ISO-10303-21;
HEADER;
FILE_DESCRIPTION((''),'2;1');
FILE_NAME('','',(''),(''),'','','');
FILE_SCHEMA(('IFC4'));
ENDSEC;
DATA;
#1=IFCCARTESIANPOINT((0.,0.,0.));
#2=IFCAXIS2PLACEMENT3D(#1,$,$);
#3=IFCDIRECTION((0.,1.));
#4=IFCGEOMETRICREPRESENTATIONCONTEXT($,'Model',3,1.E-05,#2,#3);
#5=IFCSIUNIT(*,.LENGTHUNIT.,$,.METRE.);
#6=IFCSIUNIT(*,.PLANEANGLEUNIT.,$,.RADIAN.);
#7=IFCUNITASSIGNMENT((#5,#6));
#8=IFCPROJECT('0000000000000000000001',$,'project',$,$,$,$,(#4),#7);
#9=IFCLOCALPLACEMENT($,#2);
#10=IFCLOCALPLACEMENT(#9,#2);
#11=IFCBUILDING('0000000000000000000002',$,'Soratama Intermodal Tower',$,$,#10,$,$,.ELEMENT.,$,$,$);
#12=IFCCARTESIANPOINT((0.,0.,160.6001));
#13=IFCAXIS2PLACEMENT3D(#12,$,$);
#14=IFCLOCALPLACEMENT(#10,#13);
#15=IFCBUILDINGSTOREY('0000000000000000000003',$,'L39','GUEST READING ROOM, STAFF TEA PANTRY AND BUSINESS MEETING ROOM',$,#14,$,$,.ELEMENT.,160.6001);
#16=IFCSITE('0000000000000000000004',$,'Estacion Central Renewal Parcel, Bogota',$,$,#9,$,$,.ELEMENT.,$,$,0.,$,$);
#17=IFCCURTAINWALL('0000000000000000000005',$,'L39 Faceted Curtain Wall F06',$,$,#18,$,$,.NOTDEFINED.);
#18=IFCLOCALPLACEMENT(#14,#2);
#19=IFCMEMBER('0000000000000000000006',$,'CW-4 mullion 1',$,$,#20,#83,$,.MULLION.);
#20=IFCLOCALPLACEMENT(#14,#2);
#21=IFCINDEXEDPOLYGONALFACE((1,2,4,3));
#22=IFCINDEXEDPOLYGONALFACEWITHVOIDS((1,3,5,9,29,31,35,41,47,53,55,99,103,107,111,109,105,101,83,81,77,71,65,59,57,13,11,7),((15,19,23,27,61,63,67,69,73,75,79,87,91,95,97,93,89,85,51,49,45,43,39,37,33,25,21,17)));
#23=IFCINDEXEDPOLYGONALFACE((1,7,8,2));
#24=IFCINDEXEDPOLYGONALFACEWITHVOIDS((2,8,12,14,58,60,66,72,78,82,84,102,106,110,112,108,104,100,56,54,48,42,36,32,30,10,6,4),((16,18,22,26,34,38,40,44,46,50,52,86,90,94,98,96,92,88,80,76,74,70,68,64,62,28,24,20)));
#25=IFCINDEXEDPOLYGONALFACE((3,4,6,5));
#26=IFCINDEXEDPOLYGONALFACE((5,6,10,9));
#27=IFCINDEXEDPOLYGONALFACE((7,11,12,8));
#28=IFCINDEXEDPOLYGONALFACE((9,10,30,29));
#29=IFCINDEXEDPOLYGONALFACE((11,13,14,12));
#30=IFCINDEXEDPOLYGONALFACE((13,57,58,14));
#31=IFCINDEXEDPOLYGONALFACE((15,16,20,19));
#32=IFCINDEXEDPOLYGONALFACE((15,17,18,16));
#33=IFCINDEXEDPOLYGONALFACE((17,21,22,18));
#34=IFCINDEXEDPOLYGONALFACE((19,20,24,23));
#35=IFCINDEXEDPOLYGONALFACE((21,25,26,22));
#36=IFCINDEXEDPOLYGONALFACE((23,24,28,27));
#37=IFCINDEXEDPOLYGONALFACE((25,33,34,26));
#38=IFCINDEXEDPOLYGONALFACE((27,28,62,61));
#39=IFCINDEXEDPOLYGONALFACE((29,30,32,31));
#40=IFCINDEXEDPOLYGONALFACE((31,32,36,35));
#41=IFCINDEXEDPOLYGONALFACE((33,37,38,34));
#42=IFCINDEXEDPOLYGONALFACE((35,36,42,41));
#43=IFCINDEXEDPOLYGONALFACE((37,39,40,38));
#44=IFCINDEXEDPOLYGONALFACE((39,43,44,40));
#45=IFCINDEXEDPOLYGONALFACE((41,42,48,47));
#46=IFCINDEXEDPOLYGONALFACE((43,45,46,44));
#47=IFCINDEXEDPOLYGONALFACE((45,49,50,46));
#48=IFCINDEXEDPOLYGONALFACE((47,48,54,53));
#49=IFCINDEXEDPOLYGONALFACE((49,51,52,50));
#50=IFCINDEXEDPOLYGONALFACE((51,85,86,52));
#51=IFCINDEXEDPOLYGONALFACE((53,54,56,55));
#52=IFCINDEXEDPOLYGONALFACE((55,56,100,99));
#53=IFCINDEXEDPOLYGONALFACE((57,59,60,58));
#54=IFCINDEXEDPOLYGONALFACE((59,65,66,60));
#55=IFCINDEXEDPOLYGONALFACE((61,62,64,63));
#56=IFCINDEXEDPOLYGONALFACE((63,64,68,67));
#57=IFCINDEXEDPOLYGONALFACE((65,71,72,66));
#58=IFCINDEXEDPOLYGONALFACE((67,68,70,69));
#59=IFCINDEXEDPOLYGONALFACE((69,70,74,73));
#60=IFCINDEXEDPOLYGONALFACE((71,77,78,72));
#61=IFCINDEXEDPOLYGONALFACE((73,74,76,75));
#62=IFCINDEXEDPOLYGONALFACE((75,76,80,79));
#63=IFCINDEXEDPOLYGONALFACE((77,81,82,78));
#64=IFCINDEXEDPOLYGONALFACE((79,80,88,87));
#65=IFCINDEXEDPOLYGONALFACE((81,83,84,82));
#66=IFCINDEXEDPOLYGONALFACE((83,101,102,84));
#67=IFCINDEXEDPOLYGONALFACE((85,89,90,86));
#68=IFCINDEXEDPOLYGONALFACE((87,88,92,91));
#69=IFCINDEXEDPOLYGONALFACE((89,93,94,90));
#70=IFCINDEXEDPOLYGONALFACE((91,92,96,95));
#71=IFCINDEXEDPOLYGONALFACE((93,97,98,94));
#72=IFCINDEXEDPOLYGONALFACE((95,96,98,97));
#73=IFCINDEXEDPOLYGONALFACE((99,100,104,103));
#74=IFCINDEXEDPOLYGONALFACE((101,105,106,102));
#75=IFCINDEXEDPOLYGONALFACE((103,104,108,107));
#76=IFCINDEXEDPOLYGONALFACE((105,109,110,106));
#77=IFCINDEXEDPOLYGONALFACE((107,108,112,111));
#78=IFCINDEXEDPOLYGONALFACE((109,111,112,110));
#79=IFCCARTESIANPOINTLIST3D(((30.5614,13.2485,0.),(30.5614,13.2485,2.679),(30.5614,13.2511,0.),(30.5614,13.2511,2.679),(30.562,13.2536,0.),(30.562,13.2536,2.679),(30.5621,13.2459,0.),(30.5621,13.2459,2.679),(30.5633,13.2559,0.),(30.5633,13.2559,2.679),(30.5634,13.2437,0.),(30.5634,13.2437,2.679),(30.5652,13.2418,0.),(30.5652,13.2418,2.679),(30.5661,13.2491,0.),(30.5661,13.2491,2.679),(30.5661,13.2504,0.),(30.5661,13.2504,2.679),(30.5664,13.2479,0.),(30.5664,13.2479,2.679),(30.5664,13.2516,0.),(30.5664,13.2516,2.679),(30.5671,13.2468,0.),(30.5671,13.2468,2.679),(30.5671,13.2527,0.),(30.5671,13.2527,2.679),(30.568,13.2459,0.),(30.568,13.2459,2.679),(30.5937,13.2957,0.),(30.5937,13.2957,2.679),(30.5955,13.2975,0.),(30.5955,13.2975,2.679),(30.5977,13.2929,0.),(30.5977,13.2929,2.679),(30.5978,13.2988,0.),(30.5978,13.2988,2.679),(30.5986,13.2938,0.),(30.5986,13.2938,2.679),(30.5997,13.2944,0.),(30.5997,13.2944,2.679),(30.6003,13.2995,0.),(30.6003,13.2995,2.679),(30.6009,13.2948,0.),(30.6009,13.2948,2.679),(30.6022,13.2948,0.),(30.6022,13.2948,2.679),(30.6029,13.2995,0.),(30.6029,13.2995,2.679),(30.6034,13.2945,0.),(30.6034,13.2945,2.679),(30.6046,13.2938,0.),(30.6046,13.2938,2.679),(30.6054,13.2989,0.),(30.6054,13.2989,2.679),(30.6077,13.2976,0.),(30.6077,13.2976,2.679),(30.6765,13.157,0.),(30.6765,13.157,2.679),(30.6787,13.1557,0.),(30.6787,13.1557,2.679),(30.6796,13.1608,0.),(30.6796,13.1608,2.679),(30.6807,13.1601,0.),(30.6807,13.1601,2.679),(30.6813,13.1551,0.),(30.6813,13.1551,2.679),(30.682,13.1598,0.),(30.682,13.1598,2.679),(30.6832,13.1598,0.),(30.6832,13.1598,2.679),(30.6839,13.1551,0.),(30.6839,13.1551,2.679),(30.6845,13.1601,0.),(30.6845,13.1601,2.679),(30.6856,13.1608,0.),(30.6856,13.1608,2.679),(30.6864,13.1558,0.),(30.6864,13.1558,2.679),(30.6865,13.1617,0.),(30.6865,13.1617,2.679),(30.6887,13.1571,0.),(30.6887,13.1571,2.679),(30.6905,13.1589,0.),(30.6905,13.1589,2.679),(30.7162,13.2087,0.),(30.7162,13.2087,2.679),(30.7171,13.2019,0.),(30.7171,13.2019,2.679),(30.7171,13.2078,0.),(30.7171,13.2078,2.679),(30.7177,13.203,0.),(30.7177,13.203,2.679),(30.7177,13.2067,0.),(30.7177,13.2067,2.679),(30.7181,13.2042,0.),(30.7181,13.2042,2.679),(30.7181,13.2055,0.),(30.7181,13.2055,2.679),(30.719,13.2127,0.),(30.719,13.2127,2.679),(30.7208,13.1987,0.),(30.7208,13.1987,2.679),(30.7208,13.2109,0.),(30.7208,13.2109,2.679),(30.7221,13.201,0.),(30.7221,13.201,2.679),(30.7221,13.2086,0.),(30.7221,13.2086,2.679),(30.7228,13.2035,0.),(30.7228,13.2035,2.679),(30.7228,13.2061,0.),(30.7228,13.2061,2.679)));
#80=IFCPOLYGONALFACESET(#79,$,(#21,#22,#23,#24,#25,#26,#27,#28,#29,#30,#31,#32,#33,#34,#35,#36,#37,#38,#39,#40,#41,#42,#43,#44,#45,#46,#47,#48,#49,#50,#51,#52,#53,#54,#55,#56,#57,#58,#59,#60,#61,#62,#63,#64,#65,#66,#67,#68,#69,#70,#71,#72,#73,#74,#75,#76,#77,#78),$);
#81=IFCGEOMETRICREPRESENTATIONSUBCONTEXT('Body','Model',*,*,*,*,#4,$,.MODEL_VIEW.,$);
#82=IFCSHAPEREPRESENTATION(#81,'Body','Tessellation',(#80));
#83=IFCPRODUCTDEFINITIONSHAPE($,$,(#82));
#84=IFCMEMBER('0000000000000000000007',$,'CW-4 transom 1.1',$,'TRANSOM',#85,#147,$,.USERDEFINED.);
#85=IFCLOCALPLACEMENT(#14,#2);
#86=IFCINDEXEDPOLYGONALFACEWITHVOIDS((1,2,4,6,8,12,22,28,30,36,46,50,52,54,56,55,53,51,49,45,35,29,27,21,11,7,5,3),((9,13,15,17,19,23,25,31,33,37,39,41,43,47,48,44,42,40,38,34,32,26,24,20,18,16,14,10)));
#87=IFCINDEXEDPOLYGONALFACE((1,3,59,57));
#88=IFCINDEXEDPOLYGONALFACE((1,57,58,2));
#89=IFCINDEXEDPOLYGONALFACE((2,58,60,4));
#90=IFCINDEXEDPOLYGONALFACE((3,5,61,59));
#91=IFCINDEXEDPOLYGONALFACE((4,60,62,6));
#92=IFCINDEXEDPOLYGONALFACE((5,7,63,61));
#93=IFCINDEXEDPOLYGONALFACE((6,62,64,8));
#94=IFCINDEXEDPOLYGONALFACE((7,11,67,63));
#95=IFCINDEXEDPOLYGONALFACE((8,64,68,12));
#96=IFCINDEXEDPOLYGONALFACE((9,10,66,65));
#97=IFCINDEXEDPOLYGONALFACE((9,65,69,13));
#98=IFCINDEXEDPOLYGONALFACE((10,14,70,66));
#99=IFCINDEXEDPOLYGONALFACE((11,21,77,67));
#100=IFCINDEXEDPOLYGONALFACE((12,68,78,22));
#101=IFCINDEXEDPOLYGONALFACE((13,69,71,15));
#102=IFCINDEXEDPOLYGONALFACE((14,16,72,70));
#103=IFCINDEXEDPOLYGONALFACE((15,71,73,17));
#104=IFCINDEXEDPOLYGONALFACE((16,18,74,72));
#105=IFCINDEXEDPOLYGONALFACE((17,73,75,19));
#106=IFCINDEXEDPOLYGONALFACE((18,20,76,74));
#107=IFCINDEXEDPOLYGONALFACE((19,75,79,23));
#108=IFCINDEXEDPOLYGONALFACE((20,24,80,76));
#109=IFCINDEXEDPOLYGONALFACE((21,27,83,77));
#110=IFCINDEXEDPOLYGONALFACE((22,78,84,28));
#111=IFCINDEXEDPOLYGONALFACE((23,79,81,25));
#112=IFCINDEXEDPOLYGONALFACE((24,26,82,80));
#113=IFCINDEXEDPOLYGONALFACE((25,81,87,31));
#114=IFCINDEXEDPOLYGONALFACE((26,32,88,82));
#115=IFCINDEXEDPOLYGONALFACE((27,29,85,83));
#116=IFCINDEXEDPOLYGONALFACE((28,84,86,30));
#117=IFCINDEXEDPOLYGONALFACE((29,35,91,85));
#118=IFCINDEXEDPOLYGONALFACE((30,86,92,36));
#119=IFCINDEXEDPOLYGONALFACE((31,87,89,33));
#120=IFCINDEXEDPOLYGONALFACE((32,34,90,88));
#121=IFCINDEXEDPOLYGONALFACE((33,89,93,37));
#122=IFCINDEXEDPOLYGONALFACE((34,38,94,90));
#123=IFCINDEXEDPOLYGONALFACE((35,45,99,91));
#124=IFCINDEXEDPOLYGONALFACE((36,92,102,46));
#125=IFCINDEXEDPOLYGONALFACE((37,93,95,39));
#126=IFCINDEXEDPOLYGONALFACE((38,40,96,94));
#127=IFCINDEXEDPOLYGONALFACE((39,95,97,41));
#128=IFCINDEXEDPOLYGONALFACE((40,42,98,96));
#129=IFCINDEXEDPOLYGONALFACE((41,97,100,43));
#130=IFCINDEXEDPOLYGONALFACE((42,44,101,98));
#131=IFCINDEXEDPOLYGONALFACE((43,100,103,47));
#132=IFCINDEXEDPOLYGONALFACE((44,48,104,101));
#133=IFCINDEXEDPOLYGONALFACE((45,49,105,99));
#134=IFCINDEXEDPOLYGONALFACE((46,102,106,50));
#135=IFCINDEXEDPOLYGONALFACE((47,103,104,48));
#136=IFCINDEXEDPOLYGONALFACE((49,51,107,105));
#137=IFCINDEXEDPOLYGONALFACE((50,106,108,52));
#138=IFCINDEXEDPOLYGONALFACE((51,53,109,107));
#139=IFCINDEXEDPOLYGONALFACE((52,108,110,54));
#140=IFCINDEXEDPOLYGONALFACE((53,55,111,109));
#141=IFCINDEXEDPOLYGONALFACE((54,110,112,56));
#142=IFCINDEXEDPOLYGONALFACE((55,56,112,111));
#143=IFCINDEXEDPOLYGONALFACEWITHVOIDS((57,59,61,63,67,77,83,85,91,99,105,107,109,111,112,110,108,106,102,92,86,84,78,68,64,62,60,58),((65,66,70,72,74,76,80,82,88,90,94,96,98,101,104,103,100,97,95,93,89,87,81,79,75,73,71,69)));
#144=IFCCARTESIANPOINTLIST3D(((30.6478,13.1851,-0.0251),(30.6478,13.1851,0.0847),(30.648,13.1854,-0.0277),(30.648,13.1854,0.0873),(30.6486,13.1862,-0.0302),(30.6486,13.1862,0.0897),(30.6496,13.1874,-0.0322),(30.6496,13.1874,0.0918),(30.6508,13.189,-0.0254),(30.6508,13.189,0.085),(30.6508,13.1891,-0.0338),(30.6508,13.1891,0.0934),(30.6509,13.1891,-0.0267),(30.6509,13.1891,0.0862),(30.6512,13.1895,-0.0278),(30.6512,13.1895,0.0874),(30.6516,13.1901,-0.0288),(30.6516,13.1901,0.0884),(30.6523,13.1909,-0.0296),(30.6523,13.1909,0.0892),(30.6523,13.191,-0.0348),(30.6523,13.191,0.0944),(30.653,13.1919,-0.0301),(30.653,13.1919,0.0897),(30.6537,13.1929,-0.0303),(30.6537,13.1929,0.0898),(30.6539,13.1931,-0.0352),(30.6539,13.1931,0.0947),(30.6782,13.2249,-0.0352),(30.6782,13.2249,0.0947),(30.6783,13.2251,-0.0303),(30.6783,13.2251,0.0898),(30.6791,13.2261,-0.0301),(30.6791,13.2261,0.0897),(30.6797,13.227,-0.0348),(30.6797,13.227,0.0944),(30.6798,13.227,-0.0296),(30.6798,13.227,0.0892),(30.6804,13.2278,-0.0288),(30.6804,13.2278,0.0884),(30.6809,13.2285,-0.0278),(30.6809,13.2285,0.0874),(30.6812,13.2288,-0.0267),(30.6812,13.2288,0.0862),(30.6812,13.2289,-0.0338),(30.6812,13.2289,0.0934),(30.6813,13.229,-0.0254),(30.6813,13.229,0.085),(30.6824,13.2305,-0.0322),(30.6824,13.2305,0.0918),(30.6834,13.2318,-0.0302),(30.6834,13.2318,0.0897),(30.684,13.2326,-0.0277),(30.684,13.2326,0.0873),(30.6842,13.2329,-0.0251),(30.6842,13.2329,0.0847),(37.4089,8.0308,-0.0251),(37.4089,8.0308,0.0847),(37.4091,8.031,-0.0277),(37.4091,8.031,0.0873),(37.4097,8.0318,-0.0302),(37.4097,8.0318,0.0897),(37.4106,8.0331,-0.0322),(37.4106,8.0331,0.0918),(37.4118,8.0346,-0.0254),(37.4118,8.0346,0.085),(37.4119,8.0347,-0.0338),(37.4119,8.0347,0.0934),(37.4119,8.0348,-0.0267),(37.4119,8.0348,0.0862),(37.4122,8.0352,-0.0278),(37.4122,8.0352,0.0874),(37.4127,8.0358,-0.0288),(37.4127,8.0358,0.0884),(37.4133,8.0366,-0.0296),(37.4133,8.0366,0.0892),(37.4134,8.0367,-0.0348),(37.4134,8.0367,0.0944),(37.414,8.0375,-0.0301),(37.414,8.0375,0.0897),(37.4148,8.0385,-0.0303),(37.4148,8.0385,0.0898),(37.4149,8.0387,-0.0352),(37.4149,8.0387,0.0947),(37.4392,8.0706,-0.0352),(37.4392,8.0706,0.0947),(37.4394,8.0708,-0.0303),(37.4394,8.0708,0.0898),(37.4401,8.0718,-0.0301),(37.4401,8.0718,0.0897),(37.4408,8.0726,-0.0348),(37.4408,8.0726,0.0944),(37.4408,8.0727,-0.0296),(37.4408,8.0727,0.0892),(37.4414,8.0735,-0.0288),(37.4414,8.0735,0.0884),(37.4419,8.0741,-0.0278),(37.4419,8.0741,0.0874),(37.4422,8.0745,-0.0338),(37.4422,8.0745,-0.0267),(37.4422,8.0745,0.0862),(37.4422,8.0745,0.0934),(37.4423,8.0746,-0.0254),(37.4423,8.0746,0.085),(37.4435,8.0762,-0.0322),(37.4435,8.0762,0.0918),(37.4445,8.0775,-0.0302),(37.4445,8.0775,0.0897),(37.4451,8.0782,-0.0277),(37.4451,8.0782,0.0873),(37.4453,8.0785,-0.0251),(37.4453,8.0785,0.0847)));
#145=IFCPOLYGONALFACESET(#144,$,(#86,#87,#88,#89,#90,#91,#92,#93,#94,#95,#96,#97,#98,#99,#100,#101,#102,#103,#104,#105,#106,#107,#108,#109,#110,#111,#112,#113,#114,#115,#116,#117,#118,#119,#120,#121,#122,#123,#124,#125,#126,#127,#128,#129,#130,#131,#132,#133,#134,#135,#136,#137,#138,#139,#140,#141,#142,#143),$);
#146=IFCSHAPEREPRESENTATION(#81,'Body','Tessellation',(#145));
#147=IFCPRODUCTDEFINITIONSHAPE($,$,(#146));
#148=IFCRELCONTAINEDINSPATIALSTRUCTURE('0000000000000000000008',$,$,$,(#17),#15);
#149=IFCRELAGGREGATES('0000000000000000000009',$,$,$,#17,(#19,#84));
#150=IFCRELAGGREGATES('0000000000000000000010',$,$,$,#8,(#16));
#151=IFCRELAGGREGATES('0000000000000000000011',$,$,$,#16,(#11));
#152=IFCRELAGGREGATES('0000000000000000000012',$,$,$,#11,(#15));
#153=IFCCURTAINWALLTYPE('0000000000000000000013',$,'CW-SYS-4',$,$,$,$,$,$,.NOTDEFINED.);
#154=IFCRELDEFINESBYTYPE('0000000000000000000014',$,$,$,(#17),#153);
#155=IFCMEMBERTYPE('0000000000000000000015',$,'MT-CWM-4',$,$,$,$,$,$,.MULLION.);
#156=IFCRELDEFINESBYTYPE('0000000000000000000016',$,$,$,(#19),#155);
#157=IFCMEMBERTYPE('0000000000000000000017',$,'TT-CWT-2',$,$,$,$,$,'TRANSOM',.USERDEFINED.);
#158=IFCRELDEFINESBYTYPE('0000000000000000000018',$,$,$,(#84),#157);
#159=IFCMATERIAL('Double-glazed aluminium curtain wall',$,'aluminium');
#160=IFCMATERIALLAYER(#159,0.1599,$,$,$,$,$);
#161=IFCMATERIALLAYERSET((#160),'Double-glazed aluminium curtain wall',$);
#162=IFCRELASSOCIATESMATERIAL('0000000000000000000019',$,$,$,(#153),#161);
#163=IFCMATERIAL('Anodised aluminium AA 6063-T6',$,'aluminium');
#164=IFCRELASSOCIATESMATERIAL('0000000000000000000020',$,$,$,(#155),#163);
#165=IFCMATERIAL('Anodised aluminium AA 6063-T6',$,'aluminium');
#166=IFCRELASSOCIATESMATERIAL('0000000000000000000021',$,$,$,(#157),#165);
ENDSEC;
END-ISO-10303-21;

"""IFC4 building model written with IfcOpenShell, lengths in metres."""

from ifc_helpers import new_model, si_unit, direction, frame, origin, origin_2d, place, context, subcontext, project, spatial, hollow_rectangle, extrude, material, layer, layer_set, material_profile, profile_set, type_object, element, aggregate, save


model = new_model("IFC4")

# Units and contexts
model_context = context("Model", 3, precision=1e-05, world=origin(), true_north=direction((0.0, 1.0)))
body_context = subcontext(model_context, "Body", "Model", "MODEL_VIEW")
ifc_project = project(units=[si_unit("LENGTHUNIT", "METRE"), si_unit("PLANEANGLEUNIT", "RADIAN")], contexts=[model_context])

# Site, building, storey
site_placement = place(None, origin())
site = spatial("IfcSite", under=ifc_project, at=site_placement, Name="Estacion Central Renewal Parcel, Bogota", CompositionType="ELEMENT", RefElevation=0.0)
building_placement = place(site_placement, origin())
building = spatial("IfcBuilding", under=site, at=building_placement, Name="Soratama Intermodal Tower", CompositionType="ELEMENT")
storey_placement = place(building_placement, frame((0.0, 0.0, 160.6001)))
storey = spatial("IfcBuildingStorey", under=building, at=storey_placement, Name="L39", Description="GUEST READING ROOM, STAFF TEA PANTRY AND BUSINESS MEETING ROOM", CompositionType="ELEMENT", Elevation=160.6001)

# Curtain wall, members
ifc_material_1 = material(Name="Double-glazed aluminium curtain wall", Category="aluminium")
ifc_layer_1 = layer(ifc_material_1, 0.1599)
ifc_layer_set_1 = layer_set([ifc_layer_1], Name="Double-glazed aluminium curtain wall")
curtain_wall_type = type_object("IfcCurtainWallType", Name="CW-SYS-4", PredefinedType="NOTDEFINED", material=ifc_layer_set_1)
curtain_wall_placement = place(storey_placement, origin())
curtain_wall = element("IfcCurtainWall", 1, at=curtain_wall_placement, inside=storey, type_object=curtain_wall_type, Name="L39 Faceted Curtain Wall F06", PredefinedType="NOTDEFINED")
ifc_material_2 = material(Name="Anodised aluminium AA 6063-T6", Category="aluminium")
ifc_material_profile_1 = material_profile(ifc_material_2, hollow_rectangle(XDim=0.0701, YDim=0.1599, WallThickness=0.0049, InnerFilletRadius=0.0049, OuterFilletRadius=0.01, at=origin_2d()), Name="CWM160X70X5")
ifc_profile_set_1 = profile_set([ifc_material_profile_1], Name="Anodised aluminium AA 6063-T6")
member_type_1 = type_object("IfcMemberType", Name="MT-CWM-4", PredefinedType="MULLION", material=ifc_profile_set_1)
member_1_placement = place(storey_placement, frame((30.6421, 13.2273, 0.0), z_axis=(0.0, 0.0, 1.0), x_axis=(0.606269, 0.79526, 0.0)))
member_1 = element("IfcMember", 2, at=member_1_placement, type_object=member_type_1, Name="CW-4 mullion 1", PredefinedType="MULLION", context=body_context, shape_type="SweptSolid", body=[
    extrude(hollow_rectangle(XDim=0.0701, YDim=0.1599, WallThickness=0.0049, InnerFilletRadius=0.0049, OuterFilletRadius=0.01, at=origin_2d()), origin(), (0.0, 0.0, 1.0), 2.679),
])
ifc_material_3 = material(Name="Anodised aluminium AA 6063-T6", Category="aluminium")
ifc_material_profile_2 = material_profile(ifc_material_3, hollow_rectangle(XDim=0.0601, YDim=0.1299, WallThickness=0.0049, InnerFilletRadius=0.0049, OuterFilletRadius=0.01, at=origin_2d()), Name="CWT130X60X5")
ifc_profile_set_2 = profile_set([ifc_material_profile_2], Name="Anodised aluminium AA 6063-T6")
member_type_2 = type_object("IfcMemberType", Name="TT-CWT-2", ElementType="TRANSOM", PredefinedType="USERDEFINED", material=ifc_profile_set_2)
member_2_placement = place(storey_placement, frame((30.666, 13.209, 0.0298), z_axis=(0.795258, -0.606272, 0.0), x_axis=(0.606272, 0.795258, 0.0)))
member_2 = element("IfcMember", 3, at=member_2_placement, type_object=member_type_2, Name="CW-4 transom 1.1", ObjectType="TRANSOM", PredefinedType="USERDEFINED", context=body_context, shape_type="SweptSolid", body=[
    extrude(hollow_rectangle(XDim=0.0601, YDim=0.1299, WallThickness=0.0049, InnerFilletRadius=0.0049, OuterFilletRadius=0.01, at=origin_2d()), origin(), (0.0, 0.0, 1.0), 8.5017),
])
aggregate(curtain_wall, [member_1, member_2])

save(model, "model.ifc")
